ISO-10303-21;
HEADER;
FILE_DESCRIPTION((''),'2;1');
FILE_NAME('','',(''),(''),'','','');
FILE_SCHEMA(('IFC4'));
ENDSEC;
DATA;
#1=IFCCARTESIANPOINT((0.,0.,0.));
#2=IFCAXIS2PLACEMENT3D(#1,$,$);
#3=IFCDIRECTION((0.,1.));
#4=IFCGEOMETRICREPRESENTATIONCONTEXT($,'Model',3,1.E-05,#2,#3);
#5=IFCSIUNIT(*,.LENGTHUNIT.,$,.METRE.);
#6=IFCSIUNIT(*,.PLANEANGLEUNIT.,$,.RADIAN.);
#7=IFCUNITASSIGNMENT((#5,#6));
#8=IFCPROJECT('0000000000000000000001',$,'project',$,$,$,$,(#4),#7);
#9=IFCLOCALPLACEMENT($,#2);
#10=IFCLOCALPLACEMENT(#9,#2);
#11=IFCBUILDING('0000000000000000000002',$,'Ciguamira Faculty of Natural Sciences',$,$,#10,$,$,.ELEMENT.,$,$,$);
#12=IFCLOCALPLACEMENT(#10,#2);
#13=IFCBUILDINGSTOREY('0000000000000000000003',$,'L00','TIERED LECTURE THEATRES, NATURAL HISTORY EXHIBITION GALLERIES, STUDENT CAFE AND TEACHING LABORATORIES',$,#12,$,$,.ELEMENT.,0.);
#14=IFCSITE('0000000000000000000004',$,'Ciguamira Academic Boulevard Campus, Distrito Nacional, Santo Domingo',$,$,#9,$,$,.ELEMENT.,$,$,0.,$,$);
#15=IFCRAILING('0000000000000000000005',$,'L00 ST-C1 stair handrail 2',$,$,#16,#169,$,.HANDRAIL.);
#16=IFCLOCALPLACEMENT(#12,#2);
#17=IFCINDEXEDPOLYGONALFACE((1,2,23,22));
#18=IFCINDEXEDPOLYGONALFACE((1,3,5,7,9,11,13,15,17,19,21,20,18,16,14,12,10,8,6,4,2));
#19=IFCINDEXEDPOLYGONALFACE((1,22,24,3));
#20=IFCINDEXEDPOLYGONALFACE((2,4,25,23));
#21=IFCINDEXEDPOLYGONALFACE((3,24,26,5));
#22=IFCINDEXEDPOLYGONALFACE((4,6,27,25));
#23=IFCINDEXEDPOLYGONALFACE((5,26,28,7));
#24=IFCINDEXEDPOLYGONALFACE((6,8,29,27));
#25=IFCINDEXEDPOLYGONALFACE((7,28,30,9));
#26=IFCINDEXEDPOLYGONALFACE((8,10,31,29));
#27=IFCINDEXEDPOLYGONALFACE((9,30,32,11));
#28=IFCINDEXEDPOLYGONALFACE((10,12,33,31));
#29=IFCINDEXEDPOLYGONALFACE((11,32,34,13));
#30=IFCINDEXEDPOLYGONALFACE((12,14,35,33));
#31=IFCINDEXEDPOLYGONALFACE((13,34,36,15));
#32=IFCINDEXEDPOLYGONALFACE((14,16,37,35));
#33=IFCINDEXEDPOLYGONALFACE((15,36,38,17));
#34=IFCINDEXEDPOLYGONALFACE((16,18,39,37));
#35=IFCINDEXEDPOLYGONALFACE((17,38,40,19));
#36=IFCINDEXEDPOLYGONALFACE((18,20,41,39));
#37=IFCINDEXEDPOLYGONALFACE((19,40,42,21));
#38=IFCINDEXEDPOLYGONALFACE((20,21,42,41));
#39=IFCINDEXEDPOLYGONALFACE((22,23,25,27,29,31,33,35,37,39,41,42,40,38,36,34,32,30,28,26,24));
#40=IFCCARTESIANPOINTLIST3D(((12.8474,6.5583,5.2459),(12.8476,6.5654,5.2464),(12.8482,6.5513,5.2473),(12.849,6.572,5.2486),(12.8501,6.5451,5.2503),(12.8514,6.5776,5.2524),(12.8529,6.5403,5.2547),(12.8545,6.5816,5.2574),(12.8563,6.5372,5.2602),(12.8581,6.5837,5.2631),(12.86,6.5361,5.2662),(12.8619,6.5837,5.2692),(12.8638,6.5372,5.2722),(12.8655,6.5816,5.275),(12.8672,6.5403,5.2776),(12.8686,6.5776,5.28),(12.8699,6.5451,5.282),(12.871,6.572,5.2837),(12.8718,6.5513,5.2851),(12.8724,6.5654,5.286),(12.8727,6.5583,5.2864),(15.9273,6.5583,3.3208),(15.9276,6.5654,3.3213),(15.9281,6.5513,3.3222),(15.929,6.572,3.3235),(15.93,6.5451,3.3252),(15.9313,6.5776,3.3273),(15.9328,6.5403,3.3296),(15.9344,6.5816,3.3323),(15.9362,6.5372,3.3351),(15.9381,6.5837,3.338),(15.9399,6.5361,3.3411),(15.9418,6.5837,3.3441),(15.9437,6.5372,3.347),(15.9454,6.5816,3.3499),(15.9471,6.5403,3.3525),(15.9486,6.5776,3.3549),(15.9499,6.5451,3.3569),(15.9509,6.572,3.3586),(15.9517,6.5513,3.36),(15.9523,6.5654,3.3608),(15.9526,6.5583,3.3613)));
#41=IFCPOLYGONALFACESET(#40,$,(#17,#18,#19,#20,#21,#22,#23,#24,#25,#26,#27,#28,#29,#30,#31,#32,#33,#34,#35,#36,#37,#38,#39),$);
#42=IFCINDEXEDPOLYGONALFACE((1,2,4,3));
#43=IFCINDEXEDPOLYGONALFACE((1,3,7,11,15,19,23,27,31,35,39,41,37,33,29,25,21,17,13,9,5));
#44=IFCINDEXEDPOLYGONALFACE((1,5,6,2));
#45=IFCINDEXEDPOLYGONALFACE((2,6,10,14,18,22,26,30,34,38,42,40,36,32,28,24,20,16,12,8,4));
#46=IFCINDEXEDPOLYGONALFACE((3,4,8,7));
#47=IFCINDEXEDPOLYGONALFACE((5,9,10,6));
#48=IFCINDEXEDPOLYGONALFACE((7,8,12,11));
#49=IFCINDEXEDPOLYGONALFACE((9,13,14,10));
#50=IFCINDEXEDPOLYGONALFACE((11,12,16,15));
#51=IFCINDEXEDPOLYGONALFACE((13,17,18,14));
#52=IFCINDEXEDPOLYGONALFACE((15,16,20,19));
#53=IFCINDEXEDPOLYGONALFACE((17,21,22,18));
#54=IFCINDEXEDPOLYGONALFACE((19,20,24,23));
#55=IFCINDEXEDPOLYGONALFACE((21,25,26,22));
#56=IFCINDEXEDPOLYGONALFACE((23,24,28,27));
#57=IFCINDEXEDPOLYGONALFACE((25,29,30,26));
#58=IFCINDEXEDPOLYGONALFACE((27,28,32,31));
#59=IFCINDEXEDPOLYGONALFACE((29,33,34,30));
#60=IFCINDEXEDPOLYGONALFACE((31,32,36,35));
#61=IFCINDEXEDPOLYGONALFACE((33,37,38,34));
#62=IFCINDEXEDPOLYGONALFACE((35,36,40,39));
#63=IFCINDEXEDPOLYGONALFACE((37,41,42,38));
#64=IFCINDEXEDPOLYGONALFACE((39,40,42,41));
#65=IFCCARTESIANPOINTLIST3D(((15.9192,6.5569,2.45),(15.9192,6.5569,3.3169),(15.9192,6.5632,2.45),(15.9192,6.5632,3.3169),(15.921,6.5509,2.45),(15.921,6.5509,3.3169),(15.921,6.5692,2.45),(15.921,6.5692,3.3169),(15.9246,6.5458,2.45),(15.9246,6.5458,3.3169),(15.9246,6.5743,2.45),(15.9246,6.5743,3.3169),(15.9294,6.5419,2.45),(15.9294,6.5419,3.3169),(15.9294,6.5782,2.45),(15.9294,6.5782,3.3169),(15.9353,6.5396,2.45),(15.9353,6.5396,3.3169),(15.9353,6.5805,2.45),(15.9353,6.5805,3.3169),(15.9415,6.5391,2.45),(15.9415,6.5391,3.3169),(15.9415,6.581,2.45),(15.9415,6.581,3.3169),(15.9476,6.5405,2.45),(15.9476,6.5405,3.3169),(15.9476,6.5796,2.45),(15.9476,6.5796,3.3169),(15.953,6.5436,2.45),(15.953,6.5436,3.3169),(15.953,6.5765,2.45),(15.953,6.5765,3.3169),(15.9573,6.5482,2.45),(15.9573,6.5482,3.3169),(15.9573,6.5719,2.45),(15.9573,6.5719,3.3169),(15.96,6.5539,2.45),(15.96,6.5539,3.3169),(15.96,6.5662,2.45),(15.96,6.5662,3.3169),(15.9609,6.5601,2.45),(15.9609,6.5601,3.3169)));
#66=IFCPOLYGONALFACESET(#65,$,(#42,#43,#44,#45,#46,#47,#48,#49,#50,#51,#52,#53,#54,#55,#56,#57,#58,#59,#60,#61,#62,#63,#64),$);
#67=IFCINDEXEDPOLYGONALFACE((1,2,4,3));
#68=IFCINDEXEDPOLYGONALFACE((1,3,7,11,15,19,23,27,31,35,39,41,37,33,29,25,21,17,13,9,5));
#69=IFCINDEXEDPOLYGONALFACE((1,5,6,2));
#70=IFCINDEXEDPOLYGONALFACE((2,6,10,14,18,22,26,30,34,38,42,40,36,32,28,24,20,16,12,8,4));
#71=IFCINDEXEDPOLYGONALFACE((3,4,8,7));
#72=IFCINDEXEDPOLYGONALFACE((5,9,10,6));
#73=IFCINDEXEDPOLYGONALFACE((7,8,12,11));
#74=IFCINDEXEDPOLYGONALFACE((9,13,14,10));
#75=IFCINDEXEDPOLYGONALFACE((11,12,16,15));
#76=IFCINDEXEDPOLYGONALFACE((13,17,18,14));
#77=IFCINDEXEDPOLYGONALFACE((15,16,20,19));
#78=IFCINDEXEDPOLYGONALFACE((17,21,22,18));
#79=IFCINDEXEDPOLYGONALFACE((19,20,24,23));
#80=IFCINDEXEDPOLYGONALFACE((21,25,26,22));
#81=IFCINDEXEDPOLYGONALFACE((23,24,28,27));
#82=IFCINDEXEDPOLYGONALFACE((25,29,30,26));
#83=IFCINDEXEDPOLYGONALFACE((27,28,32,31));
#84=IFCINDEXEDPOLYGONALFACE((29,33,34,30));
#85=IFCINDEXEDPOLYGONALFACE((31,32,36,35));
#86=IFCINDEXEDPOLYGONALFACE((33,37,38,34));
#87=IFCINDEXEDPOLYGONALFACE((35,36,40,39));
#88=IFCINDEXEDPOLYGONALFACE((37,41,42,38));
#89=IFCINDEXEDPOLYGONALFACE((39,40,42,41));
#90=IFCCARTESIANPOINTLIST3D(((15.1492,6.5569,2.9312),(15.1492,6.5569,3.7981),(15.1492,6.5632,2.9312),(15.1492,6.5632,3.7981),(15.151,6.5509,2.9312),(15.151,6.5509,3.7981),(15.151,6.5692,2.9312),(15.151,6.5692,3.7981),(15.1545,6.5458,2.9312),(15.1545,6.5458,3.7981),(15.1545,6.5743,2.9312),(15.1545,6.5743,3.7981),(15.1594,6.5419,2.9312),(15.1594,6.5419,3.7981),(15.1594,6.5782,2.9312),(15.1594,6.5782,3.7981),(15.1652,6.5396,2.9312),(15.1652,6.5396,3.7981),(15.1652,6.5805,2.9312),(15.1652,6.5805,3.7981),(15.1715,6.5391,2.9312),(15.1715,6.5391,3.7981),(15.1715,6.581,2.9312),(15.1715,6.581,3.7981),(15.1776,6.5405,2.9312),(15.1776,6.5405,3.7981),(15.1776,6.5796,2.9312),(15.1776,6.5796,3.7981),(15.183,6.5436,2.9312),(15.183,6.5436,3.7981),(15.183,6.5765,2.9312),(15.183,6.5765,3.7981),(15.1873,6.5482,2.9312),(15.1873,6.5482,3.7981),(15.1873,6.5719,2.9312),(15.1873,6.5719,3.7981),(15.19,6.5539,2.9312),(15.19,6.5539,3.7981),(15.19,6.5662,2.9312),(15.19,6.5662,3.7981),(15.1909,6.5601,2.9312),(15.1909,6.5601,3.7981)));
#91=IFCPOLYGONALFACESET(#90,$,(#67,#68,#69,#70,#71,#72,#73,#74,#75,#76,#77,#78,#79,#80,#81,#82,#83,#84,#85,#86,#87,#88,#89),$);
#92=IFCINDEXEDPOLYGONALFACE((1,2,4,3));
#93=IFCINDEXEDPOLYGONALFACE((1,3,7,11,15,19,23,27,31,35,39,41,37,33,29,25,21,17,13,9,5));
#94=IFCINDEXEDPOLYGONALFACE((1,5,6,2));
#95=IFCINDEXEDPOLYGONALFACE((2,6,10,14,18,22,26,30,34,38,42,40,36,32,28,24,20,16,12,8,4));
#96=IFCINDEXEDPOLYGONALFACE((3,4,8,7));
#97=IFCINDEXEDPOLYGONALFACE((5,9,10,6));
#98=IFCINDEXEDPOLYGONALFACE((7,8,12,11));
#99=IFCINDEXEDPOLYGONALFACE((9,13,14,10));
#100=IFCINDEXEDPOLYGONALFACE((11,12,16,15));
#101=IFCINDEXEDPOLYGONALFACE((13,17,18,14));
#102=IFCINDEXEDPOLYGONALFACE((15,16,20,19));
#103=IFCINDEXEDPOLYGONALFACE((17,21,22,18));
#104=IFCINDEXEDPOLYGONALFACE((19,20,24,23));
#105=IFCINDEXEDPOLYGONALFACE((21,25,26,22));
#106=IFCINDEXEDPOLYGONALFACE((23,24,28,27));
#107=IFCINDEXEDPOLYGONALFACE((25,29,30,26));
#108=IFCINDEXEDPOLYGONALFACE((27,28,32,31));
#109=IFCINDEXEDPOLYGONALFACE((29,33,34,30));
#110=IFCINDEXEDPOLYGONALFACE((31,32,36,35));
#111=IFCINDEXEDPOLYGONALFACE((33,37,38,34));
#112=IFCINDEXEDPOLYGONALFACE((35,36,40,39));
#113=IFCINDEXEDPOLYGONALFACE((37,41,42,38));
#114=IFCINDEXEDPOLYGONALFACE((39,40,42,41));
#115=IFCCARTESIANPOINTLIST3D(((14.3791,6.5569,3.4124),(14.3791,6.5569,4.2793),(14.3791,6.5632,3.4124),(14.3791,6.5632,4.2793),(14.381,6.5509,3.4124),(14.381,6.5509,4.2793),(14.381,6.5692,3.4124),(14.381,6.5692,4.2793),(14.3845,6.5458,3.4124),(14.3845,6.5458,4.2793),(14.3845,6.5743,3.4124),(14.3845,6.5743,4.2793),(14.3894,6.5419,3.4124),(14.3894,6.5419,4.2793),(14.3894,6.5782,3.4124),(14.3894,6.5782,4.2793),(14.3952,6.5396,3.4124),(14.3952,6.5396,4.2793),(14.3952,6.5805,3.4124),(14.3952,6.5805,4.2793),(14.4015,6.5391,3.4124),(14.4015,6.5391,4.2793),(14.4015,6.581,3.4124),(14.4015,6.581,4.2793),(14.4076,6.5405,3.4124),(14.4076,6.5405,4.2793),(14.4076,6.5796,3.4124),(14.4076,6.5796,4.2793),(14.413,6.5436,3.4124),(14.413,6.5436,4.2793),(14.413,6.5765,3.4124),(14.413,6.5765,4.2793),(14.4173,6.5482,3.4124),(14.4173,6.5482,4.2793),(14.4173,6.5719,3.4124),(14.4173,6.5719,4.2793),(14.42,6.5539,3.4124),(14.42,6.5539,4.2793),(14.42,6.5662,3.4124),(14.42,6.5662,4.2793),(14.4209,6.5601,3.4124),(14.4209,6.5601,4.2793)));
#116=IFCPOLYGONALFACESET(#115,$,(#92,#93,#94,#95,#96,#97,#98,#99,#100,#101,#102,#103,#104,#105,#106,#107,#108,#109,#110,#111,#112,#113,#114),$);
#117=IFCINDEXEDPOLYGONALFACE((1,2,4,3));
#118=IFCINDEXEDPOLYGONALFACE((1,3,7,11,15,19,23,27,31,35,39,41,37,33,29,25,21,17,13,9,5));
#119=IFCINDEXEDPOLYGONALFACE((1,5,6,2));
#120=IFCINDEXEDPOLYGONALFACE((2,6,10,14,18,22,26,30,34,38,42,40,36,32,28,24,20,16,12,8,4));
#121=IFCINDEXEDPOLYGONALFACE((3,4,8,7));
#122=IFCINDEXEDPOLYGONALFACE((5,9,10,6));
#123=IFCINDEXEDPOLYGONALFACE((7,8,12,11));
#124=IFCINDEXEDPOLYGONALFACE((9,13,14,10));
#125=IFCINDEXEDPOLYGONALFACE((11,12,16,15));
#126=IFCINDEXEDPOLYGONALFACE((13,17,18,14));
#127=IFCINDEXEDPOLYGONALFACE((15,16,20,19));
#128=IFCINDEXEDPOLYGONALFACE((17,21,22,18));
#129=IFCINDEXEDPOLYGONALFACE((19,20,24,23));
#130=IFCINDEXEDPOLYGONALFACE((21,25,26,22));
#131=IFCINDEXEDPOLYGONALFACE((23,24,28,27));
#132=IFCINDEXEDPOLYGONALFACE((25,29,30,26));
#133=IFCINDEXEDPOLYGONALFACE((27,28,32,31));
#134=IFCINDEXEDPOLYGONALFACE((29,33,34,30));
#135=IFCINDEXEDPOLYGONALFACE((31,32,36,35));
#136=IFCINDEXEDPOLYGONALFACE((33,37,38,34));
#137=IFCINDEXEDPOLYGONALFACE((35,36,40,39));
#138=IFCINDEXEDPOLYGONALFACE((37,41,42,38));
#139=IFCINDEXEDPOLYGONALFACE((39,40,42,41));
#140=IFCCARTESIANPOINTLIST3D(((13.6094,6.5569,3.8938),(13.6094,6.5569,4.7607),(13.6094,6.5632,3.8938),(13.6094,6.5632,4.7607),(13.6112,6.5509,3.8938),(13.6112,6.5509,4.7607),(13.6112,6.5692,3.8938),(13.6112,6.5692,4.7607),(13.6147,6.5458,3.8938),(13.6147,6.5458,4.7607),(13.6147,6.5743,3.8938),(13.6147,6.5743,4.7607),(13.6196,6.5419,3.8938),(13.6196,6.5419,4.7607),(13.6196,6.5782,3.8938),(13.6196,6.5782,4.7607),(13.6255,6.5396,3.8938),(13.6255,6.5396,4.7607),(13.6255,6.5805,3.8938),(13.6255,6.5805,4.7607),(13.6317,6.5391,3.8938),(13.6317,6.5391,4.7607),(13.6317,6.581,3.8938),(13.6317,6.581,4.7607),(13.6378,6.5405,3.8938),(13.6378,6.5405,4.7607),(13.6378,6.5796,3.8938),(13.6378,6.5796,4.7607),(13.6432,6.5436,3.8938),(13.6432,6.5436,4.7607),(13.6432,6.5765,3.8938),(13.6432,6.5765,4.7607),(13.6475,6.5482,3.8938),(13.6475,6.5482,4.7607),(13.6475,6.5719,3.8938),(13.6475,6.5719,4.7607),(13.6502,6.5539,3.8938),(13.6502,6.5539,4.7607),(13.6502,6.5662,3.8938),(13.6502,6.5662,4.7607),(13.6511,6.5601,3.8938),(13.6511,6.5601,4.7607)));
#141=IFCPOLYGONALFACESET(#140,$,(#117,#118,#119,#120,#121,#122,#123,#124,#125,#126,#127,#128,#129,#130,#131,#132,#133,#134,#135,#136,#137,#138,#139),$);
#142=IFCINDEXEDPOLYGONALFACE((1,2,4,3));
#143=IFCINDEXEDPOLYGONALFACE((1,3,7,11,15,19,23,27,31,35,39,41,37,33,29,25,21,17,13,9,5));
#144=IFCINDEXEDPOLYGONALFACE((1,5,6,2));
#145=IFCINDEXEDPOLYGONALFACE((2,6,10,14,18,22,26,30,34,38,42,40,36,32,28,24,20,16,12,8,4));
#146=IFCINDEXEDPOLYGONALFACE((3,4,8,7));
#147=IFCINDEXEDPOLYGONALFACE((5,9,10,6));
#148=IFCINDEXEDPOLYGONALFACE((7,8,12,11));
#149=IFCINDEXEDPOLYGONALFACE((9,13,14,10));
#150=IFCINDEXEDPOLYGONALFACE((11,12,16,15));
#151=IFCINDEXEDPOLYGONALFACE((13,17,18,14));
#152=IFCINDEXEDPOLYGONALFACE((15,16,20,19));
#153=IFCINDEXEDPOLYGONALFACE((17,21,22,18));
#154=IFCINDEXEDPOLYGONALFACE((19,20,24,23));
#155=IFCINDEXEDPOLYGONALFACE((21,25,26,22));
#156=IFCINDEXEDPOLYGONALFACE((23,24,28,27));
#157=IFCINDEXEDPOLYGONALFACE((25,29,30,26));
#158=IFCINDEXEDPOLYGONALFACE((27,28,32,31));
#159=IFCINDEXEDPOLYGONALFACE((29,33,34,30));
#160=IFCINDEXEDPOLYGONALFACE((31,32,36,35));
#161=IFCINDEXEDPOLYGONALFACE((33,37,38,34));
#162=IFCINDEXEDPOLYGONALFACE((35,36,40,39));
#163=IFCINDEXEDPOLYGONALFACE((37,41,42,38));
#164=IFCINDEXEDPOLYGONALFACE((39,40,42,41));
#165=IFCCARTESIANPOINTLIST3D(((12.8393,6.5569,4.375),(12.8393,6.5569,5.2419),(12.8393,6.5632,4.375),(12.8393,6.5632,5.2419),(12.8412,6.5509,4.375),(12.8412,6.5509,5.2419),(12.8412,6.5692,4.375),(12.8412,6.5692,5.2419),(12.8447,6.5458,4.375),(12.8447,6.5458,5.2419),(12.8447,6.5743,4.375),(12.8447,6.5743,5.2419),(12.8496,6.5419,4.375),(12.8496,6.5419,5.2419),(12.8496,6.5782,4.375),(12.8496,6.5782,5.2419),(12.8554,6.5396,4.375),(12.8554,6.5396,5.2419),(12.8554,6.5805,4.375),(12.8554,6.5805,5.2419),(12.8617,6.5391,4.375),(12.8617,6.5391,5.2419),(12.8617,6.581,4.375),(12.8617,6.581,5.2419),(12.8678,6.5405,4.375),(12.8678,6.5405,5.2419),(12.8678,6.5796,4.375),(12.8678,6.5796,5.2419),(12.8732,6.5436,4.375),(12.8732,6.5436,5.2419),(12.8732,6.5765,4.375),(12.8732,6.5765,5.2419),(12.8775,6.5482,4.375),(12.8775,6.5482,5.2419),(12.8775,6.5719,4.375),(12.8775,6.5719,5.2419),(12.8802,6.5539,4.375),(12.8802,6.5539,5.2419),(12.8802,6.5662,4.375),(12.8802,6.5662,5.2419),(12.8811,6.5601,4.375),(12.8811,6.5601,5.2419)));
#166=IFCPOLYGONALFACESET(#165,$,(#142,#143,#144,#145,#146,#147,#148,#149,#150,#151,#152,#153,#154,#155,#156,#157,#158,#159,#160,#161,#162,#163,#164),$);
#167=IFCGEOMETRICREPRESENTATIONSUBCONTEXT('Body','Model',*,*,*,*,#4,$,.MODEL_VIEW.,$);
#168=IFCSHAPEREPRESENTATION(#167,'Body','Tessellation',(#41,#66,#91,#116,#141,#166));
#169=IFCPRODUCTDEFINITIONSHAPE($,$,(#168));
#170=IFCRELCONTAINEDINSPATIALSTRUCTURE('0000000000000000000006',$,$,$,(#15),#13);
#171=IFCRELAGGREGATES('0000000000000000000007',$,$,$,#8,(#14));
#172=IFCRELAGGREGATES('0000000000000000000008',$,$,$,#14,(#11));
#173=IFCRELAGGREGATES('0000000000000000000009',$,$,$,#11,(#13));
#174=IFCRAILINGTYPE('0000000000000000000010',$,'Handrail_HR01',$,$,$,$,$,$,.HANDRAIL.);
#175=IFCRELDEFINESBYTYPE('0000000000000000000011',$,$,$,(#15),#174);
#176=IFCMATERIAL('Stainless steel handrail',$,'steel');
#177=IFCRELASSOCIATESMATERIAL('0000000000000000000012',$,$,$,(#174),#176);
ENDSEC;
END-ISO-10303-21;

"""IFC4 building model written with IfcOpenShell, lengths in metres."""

from ifc_helpers import new_model, si_unit, direction, frame, origin, origin_2d, place, context, subcontext, project, spatial, circle, extrude, material, type_object, element, save


model = new_model("IFC4")

# Units and contexts
model_context = context("Model", 3, precision=1e-05, world=origin(), true_north=direction((0.0, 1.0)))
body_context = subcontext(model_context, "Body", "Model", "MODEL_VIEW")
ifc_project = project(units=[si_unit("LENGTHUNIT", "METRE"), si_unit("PLANEANGLEUNIT", "RADIAN")], contexts=[model_context])

# Site, building, storey
site_placement = place(None, origin())
site = spatial("IfcSite", under=ifc_project, at=site_placement, Name="Ciguamira Academic Boulevard Campus, Distrito Nacional, Santo Domingo", CompositionType="ELEMENT", RefElevation=0.0)
building_placement = place(site_placement, origin())
building = spatial("IfcBuilding", under=site, at=building_placement, Name="Ciguamira Faculty of Natural Sciences", CompositionType="ELEMENT")
storey_placement = place(building_placement, origin())
storey = spatial("IfcBuildingStorey", under=building, at=storey_placement, Name="L00", Description="TIERED LECTURE THEATRES, NATURAL HISTORY EXHIBITION GALLERIES, STUDENT CAFE AND TEACHING LABORATORIES", CompositionType="ELEMENT", Elevation=0.0)

# Railing
ifc_material_1 = material(Name="Stainless steel handrail", Category="steel")
railing_type_1 = type_object("IfcRailingType", Name="Handrail_HR01", PredefinedType="HANDRAIL", material=ifc_material_1)
railing_1_placement = place(storey_placement, frame((15.9399, 6.5601, 2.45)))
element("IfcRailing", 1, at=railing_1_placement, inside=storey, type_object=railing_type_1, Name="L00 ST-C1 stair handrail 2", PredefinedType="HANDRAIL", context=body_context, shape_type="SweptSolid", body=[
    extrude(circle(Radius=0.0239, at=origin_2d()), frame((0.0, 0.0, 0.8911), z_axis=(-0.847979, 0.0, 0.530029), x_axis=(0.0, -1.0, 0.0)), (0.0, 0.0, 1.0), 3.6321),
    extrude(circle(Radius=0.021, at=origin_2d()), origin(), (0.0, 0.0, 1.0), 0.8669),
    extrude(circle(Radius=0.021, at=origin_2d()), frame((-0.77, 0.0, 0.4812)), (0.0, 0.0, 1.0), 0.8669),
    extrude(circle(Radius=0.021, at=origin_2d()), frame((-1.54, 0.0, 0.9624)), (0.0, 0.0, 1.0), 0.8669),
    extrude(circle(Radius=0.021, at=origin_2d()), frame((-2.3098, 0.0, 1.4438)), (0.0, 0.0, 1.0), 0.8669),
    extrude(circle(Radius=0.021, at=origin_2d()), frame((-3.0798, 0.0, 1.925)), (0.0, 0.0, 1.0), 0.8669),
])

save(model, "model.ifc")
